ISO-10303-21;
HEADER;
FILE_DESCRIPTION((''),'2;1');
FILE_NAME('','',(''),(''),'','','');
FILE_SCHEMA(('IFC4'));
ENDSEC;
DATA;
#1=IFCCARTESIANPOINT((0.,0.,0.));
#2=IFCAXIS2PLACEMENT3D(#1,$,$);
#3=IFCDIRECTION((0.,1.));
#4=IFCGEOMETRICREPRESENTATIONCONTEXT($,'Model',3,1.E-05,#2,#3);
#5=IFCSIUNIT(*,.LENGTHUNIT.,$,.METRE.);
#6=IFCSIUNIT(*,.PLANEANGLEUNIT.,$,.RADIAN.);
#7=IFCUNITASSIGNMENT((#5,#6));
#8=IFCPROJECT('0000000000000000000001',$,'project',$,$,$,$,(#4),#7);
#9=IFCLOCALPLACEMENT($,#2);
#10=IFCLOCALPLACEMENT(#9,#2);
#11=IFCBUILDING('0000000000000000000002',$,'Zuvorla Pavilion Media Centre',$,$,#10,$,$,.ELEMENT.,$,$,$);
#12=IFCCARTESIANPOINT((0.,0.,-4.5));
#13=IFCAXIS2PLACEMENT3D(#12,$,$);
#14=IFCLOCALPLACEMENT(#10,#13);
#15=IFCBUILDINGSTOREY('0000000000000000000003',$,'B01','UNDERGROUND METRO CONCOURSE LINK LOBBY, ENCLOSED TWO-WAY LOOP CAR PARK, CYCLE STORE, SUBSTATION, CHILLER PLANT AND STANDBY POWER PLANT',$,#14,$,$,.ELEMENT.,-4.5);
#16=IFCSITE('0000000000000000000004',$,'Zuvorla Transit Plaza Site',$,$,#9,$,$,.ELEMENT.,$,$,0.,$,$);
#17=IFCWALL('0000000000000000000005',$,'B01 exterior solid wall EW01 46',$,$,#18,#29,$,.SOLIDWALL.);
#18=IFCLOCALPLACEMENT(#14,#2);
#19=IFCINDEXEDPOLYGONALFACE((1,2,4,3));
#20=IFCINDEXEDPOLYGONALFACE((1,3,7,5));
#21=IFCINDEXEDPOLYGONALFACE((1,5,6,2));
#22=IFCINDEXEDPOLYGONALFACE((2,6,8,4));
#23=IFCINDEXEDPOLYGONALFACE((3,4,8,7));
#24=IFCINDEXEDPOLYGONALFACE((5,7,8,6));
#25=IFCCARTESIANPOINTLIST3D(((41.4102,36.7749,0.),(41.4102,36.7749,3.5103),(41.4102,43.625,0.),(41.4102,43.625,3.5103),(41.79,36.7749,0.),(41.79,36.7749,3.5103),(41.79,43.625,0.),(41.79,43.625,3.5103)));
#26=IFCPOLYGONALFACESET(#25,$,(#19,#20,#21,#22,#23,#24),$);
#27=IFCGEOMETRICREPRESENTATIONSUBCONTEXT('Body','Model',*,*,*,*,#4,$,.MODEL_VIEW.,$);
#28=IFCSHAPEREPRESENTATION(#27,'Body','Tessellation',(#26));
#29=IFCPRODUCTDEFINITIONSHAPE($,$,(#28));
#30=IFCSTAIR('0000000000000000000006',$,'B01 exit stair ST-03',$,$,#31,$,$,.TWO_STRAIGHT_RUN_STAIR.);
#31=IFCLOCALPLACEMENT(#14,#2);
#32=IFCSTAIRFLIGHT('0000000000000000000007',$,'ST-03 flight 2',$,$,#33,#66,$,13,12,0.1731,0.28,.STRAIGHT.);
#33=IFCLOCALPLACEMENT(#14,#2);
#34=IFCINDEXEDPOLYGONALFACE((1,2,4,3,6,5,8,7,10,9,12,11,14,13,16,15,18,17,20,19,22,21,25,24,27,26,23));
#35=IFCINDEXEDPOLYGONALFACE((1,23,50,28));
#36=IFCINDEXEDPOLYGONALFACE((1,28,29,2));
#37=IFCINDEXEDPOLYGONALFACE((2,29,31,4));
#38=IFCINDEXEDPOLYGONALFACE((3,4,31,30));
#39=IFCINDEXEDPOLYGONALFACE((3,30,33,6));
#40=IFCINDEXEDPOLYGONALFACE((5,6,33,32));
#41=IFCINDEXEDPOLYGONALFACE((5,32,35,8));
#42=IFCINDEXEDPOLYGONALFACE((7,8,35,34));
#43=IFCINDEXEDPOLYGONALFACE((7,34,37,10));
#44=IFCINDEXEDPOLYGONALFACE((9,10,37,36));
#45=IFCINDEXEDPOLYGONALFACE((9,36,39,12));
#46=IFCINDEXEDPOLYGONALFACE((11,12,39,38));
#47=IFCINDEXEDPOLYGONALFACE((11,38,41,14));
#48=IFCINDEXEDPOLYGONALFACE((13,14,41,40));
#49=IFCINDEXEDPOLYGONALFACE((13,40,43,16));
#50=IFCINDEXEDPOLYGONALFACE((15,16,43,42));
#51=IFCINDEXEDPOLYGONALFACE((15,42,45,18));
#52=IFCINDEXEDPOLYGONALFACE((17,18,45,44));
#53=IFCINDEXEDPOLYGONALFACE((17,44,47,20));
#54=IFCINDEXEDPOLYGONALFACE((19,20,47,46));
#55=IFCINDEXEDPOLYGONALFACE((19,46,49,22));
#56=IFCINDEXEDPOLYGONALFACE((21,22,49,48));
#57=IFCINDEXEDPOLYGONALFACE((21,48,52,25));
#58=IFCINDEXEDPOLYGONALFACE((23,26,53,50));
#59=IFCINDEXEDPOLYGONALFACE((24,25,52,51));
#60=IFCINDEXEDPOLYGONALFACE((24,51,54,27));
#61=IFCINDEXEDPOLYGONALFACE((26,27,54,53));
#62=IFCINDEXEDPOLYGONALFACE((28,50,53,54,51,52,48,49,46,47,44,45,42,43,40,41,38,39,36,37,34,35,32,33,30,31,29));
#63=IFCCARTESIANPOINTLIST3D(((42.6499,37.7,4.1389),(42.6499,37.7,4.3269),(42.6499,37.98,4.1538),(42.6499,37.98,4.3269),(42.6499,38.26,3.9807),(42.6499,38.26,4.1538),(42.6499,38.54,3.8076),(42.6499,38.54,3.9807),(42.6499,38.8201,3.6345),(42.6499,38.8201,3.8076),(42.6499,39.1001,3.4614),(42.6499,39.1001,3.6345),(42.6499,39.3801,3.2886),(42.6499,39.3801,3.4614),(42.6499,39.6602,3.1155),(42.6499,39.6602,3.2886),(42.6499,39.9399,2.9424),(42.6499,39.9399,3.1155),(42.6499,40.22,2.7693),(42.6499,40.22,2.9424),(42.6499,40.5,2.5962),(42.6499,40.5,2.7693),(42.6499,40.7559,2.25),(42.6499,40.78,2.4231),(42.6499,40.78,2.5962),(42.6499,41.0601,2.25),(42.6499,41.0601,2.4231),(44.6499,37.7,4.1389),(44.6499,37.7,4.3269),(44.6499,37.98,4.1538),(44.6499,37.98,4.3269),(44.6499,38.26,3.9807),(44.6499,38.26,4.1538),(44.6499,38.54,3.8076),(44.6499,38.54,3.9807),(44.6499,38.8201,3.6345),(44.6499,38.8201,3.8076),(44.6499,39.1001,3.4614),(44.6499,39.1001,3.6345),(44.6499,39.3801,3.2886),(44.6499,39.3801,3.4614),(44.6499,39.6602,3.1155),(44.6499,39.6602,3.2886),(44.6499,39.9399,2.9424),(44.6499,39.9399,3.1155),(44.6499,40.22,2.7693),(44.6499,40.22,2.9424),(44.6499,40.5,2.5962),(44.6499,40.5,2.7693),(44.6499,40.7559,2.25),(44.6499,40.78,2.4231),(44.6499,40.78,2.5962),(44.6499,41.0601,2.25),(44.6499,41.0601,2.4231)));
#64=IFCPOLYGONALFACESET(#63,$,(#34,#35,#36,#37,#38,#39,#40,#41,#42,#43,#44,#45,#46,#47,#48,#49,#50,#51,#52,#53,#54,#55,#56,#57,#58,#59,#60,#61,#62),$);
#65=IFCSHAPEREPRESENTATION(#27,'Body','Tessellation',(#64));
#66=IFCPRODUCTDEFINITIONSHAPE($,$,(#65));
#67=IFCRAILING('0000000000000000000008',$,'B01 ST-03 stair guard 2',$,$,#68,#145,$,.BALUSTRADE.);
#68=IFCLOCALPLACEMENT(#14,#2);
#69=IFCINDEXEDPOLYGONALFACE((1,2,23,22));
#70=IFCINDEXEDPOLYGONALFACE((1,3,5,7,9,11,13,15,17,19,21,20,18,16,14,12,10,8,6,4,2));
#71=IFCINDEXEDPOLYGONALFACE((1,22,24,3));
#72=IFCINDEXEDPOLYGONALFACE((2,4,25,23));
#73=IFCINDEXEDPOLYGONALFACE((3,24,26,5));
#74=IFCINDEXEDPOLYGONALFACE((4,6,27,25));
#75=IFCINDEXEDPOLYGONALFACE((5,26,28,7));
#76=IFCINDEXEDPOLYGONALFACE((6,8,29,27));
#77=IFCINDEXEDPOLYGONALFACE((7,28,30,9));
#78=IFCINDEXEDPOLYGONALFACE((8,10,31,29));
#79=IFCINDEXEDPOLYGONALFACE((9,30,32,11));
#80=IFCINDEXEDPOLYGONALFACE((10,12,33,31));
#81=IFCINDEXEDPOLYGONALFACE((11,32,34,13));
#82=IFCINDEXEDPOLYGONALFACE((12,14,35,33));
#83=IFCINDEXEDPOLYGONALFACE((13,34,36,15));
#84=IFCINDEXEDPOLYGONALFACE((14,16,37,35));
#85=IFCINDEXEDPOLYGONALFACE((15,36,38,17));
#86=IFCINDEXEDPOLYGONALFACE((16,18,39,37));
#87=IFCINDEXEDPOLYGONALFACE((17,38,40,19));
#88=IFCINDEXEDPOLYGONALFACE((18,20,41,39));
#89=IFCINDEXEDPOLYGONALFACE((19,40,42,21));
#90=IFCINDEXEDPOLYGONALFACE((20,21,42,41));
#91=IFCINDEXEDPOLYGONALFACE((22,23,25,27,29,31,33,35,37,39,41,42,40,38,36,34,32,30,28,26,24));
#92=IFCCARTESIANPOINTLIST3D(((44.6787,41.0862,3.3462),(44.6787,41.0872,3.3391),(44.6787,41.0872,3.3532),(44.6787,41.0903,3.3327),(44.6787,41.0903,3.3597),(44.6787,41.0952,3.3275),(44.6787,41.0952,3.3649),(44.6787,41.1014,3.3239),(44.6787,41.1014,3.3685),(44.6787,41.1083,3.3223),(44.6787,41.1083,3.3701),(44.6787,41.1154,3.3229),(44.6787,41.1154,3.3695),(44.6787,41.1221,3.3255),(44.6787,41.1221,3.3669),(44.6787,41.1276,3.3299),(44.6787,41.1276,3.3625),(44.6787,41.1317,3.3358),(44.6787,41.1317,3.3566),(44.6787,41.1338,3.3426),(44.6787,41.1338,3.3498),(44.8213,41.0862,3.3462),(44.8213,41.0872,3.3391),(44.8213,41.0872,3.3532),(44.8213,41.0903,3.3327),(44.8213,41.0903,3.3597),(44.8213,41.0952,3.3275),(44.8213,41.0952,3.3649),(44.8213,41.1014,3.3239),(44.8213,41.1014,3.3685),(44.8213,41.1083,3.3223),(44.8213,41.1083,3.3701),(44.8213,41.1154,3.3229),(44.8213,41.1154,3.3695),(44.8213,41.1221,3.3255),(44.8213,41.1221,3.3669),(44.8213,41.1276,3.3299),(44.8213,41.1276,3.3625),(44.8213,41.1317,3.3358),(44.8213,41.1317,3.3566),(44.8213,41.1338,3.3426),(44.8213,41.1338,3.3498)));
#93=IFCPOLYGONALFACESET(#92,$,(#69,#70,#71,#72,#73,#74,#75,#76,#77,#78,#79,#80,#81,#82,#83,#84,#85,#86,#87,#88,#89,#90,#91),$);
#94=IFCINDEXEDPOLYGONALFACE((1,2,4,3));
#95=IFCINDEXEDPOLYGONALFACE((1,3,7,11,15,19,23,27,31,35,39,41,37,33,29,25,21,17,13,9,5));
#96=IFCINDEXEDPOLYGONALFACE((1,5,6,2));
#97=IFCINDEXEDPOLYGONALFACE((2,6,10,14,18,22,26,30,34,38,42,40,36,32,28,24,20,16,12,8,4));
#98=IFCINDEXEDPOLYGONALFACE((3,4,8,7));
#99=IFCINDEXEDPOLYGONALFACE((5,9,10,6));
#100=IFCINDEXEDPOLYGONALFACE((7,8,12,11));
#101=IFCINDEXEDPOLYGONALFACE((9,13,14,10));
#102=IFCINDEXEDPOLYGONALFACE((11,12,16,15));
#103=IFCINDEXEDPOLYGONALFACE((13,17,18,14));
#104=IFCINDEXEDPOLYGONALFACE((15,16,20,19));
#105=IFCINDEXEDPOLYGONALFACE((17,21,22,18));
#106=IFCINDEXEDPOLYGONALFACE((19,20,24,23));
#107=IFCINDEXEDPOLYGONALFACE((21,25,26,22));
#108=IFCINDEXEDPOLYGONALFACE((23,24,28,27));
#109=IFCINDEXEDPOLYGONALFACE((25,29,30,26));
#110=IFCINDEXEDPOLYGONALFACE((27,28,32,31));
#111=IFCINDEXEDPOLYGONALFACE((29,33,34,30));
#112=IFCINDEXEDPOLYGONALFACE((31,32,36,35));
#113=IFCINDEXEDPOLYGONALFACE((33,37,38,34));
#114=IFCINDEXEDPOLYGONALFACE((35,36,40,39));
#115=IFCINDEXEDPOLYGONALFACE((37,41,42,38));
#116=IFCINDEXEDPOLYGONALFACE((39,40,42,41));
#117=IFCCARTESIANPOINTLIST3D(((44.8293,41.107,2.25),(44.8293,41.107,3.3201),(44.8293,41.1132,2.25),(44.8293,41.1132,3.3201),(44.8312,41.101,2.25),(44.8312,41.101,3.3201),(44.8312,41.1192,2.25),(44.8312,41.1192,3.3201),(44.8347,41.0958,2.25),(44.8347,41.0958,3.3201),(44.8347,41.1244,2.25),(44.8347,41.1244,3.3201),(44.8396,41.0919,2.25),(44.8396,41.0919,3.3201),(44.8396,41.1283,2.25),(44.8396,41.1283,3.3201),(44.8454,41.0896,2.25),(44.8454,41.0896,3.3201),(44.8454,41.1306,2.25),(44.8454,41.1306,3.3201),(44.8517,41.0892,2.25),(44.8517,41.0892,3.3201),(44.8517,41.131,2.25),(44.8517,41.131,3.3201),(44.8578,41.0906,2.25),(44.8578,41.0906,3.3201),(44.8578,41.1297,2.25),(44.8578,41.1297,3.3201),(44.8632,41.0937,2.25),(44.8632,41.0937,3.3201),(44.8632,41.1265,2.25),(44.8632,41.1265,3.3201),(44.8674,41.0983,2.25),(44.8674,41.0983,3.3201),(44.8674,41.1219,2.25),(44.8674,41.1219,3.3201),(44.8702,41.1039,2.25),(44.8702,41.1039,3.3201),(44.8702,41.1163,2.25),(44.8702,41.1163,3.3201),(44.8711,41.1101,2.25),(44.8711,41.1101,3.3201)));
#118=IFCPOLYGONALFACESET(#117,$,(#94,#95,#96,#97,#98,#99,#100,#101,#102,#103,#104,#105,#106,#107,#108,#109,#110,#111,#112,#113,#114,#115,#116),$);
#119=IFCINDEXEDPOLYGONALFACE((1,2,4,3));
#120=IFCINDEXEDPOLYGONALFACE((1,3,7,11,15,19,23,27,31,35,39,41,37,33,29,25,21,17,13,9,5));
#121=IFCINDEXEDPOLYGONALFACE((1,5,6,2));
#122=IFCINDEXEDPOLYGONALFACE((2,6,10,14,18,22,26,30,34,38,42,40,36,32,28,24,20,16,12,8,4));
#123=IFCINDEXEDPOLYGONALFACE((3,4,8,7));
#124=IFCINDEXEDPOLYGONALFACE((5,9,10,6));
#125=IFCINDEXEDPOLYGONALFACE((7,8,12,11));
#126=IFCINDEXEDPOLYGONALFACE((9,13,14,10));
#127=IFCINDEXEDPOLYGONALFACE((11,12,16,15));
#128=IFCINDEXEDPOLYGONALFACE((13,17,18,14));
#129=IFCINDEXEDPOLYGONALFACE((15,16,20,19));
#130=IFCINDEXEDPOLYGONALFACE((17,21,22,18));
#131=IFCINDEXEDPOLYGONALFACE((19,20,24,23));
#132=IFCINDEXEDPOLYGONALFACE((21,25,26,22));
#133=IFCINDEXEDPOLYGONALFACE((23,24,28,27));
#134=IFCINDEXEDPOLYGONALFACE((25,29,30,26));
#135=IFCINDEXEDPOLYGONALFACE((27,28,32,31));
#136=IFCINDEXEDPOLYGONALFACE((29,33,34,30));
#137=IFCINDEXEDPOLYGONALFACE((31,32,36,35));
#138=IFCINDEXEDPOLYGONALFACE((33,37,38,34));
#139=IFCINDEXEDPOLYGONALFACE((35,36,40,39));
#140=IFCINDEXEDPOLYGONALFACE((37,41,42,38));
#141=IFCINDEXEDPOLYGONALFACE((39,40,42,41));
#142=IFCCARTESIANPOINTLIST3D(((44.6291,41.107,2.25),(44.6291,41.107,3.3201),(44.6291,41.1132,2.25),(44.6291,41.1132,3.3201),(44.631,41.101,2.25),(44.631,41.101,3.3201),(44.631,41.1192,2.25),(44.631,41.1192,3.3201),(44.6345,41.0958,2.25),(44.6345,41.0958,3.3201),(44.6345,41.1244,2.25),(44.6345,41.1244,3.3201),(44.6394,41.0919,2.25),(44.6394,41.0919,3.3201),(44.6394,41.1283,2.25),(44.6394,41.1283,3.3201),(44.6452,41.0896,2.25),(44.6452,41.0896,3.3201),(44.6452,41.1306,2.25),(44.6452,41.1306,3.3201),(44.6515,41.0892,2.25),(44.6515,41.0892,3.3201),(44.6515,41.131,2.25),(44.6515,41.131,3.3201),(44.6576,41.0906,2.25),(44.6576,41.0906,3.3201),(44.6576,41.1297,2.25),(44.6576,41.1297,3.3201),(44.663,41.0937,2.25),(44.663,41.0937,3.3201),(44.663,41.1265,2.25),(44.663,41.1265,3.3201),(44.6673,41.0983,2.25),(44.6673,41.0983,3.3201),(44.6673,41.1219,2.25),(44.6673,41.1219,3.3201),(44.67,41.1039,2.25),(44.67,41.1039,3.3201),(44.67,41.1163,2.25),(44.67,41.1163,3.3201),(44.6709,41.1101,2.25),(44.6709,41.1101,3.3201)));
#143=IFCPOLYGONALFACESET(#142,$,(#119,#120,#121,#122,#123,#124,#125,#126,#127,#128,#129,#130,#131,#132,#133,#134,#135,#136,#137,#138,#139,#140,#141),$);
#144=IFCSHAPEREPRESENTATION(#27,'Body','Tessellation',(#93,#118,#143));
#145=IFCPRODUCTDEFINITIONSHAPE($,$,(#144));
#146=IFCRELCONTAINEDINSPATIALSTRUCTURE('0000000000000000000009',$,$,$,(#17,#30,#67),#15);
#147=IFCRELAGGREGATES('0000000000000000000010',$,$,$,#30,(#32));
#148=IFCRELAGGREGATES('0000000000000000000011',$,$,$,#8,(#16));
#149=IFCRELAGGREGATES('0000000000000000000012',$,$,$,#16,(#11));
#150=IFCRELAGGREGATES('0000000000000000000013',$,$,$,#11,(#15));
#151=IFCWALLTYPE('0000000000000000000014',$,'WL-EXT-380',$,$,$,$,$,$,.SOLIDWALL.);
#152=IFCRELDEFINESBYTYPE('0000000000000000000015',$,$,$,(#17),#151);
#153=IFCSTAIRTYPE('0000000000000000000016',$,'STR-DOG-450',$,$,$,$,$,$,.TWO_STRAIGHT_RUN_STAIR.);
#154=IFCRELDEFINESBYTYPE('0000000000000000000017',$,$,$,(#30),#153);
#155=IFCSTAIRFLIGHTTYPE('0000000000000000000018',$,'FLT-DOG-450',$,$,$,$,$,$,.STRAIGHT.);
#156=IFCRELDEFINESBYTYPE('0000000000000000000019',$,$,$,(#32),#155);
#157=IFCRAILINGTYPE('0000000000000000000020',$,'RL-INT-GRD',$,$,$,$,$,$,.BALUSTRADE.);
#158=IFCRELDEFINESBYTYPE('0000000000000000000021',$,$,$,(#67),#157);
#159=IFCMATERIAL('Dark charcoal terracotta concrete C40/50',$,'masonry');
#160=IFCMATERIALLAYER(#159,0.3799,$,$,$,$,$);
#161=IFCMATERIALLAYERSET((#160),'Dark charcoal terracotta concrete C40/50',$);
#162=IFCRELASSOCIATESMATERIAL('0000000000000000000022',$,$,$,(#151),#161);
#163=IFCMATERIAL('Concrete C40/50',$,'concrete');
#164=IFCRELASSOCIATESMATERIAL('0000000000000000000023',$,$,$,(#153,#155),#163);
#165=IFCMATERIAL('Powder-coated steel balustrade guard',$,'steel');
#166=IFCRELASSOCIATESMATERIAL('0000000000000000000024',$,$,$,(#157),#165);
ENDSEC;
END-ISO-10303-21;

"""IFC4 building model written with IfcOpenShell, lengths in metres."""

from ifc_helpers import new_model, si_unit, direction, frame, frame_2d, origin, origin_2d, place, context, subcontext, project, spatial, polyline, rectangle, circle, outline, extrude, material, layer, layer_set, type_object, element, aggregate, save


model = new_model("IFC4")

# Units and contexts
model_context = context("Model", 3, precision=1e-05, world=origin(), true_north=direction((0.0, 1.0)))
body_context = subcontext(model_context, "Body", "Model", "MODEL_VIEW")
ifc_project = project(units=[si_unit("LENGTHUNIT", "METRE"), si_unit("PLANEANGLEUNIT", "RADIAN")], contexts=[model_context])

# Site, building, storey
site_placement = place(None, origin())
site = spatial("IfcSite", under=ifc_project, at=site_placement, Name="Zuvorla Transit Plaza Site", CompositionType="ELEMENT", RefElevation=0.0)
building_placement = place(site_placement, origin())
building = spatial("IfcBuilding", under=site, at=building_placement, Name="Zuvorla Pavilion Media Centre", CompositionType="ELEMENT")
storey_placement = place(building_placement, frame((0.0, 0.0, -4.5)))
storey = spatial("IfcBuildingStorey", under=building, at=storey_placement, Name="B01", Description="UNDERGROUND METRO CONCOURSE LINK LOBBY, ENCLOSED TWO-WAY LOOP CAR PARK, CYCLE STORE, SUBSTATION, CHILLER PLANT AND STANDBY POWER PLANT", CompositionType="ELEMENT", Elevation=-4.5)

# Shared definitions
ifc_material_1 = material(Name="Concrete C40/50", Category="concrete")

# Wall
ifc_material_2 = material(Name="Dark charcoal terracotta concrete C40/50", Category="masonry")
ifc_layer_1 = layer(ifc_material_2, 0.3799)
ifc_layer_set_1 = layer_set([ifc_layer_1], Name="Dark charcoal terracotta concrete C40/50")
wall_type_1 = type_object("IfcWallType", Name="WL-EXT-380", PredefinedType="SOLIDWALL", material=ifc_layer_set_1)
wall_1_placement = place(storey_placement, frame((41.6001, 43.625, 0.0), z_axis=(0.0, 0.0, 1.0), x_axis=(0.0, -1.0, 0.0)))
element("IfcWall", 1, at=wall_1_placement, inside=storey, type_object=wall_type_1, Name="B01 exterior solid wall EW01 46", PredefinedType="SOLIDWALL", context=body_context, shape_type="SweptSolid", body=[
    extrude(rectangle(XDim=6.8501, YDim=0.3799, at=frame_2d((3.425, 0.0))), origin(), (0.0, 0.0, 1.0), 3.5103),
])

# Stair, stair flight
stair_type = type_object("IfcStairType", Name="STR-DOG-450", PredefinedType="TWO_STRAIGHT_RUN_STAIR", material=ifc_material_1)
stair_placement = place(storey_placement, origin())
stair = element("IfcStair", 2, at=stair_placement, inside=storey, type_object=stair_type, Name="B01 exit stair ST-03", PredefinedType="TWO_STRAIGHT_RUN_STAIR")
stair_flight_type = type_object("IfcStairFlightType", Name="FLT-DOG-450", PredefinedType="STRAIGHT", material=ifc_material_1)
stair_flight_placement = place(storey_placement, frame((43.6499, 41.0601, 2.25), z_axis=(0.0, 0.0, 1.0), x_axis=(0.0, -1.0, 0.0)))
stair_flight = element("IfcStairFlight", 3, at=stair_flight_placement, type_object=stair_flight_type, Name="ST-03 flight 2", NumberOfRisers=13, NumberOfTreads=12, PredefinedType="STRAIGHT", RiserHeight=0.1731, TreadLength=0.28, context=body_context, shape_type="SweptSolid", body=[
    extrude(outline(polyline([(0.0, 0.0), (0.0, 0.1731), (0.28, 0.1731), (0.28, 0.3462), (0.5601, 0.3462), (0.5601, 0.5193), (0.8401, 0.5193), (0.8401, 0.6924), (1.1201, 0.6924), (1.1201, 0.8655), (1.3999, 0.8655), (1.3999, 1.0386), (1.6799, 1.0386), (1.6799, 1.2114), (1.96, 1.2114), (1.96, 1.3845), (2.24, 1.3845), (2.24, 1.5576), (2.52, 1.5576), (2.52, 1.7307), (2.8, 1.7307), (2.8, 1.9038), (3.0801, 1.9038), (3.0801, 2.0769), (3.3601, 2.0769), (3.3601, 2.25), (3.3601, 1.8889), (0.3042, 0.0), (0.0, 0.0)])), frame((0.0, 1.0, 0.0), z_axis=(0.0, -1.0, 0.0), x_axis=(1.0, 0.0, 0.0)), (0.0, 0.0, 1.0), 2.0),
])
aggregate(stair, [stair_flight])

# Railing
ifc_material_3 = material(Name="Powder-coated steel balustrade guard", Category="steel")
railing_type_1 = type_object("IfcRailingType", Name="RL-INT-GRD", PredefinedType="BALUSTRADE", material=ifc_material_3)
railing_1_placement = place(storey_placement, frame((44.8501, 41.1101, 2.25)))
element("IfcRailing", 4, at=railing_1_placement, inside=storey, type_object=railing_type_1, Name="B01 ST-03 stair guard 2", PredefinedType="BALUSTRADE", context=body_context, shape_type="SweptSolid", body=[
    extrude(circle(Radius=0.0239, at=origin_2d()), frame((-0.0288, 0.0, 1.0962), z_axis=(-1.0, 0.0, 0.0), x_axis=(0.0, -1.0, 0.0)), (0.0, 0.0, 1.0), 0.1426),
    extrude(circle(Radius=0.021, at=origin_2d()), origin(), (0.0, 0.0, 1.0), 1.0701),
    extrude(circle(Radius=0.021, at=origin_2d()), frame((-0.2002, 0.0, 0.0)), (0.0, 0.0, 1.0), 1.0701),
])

save(model, "model.ifc")
